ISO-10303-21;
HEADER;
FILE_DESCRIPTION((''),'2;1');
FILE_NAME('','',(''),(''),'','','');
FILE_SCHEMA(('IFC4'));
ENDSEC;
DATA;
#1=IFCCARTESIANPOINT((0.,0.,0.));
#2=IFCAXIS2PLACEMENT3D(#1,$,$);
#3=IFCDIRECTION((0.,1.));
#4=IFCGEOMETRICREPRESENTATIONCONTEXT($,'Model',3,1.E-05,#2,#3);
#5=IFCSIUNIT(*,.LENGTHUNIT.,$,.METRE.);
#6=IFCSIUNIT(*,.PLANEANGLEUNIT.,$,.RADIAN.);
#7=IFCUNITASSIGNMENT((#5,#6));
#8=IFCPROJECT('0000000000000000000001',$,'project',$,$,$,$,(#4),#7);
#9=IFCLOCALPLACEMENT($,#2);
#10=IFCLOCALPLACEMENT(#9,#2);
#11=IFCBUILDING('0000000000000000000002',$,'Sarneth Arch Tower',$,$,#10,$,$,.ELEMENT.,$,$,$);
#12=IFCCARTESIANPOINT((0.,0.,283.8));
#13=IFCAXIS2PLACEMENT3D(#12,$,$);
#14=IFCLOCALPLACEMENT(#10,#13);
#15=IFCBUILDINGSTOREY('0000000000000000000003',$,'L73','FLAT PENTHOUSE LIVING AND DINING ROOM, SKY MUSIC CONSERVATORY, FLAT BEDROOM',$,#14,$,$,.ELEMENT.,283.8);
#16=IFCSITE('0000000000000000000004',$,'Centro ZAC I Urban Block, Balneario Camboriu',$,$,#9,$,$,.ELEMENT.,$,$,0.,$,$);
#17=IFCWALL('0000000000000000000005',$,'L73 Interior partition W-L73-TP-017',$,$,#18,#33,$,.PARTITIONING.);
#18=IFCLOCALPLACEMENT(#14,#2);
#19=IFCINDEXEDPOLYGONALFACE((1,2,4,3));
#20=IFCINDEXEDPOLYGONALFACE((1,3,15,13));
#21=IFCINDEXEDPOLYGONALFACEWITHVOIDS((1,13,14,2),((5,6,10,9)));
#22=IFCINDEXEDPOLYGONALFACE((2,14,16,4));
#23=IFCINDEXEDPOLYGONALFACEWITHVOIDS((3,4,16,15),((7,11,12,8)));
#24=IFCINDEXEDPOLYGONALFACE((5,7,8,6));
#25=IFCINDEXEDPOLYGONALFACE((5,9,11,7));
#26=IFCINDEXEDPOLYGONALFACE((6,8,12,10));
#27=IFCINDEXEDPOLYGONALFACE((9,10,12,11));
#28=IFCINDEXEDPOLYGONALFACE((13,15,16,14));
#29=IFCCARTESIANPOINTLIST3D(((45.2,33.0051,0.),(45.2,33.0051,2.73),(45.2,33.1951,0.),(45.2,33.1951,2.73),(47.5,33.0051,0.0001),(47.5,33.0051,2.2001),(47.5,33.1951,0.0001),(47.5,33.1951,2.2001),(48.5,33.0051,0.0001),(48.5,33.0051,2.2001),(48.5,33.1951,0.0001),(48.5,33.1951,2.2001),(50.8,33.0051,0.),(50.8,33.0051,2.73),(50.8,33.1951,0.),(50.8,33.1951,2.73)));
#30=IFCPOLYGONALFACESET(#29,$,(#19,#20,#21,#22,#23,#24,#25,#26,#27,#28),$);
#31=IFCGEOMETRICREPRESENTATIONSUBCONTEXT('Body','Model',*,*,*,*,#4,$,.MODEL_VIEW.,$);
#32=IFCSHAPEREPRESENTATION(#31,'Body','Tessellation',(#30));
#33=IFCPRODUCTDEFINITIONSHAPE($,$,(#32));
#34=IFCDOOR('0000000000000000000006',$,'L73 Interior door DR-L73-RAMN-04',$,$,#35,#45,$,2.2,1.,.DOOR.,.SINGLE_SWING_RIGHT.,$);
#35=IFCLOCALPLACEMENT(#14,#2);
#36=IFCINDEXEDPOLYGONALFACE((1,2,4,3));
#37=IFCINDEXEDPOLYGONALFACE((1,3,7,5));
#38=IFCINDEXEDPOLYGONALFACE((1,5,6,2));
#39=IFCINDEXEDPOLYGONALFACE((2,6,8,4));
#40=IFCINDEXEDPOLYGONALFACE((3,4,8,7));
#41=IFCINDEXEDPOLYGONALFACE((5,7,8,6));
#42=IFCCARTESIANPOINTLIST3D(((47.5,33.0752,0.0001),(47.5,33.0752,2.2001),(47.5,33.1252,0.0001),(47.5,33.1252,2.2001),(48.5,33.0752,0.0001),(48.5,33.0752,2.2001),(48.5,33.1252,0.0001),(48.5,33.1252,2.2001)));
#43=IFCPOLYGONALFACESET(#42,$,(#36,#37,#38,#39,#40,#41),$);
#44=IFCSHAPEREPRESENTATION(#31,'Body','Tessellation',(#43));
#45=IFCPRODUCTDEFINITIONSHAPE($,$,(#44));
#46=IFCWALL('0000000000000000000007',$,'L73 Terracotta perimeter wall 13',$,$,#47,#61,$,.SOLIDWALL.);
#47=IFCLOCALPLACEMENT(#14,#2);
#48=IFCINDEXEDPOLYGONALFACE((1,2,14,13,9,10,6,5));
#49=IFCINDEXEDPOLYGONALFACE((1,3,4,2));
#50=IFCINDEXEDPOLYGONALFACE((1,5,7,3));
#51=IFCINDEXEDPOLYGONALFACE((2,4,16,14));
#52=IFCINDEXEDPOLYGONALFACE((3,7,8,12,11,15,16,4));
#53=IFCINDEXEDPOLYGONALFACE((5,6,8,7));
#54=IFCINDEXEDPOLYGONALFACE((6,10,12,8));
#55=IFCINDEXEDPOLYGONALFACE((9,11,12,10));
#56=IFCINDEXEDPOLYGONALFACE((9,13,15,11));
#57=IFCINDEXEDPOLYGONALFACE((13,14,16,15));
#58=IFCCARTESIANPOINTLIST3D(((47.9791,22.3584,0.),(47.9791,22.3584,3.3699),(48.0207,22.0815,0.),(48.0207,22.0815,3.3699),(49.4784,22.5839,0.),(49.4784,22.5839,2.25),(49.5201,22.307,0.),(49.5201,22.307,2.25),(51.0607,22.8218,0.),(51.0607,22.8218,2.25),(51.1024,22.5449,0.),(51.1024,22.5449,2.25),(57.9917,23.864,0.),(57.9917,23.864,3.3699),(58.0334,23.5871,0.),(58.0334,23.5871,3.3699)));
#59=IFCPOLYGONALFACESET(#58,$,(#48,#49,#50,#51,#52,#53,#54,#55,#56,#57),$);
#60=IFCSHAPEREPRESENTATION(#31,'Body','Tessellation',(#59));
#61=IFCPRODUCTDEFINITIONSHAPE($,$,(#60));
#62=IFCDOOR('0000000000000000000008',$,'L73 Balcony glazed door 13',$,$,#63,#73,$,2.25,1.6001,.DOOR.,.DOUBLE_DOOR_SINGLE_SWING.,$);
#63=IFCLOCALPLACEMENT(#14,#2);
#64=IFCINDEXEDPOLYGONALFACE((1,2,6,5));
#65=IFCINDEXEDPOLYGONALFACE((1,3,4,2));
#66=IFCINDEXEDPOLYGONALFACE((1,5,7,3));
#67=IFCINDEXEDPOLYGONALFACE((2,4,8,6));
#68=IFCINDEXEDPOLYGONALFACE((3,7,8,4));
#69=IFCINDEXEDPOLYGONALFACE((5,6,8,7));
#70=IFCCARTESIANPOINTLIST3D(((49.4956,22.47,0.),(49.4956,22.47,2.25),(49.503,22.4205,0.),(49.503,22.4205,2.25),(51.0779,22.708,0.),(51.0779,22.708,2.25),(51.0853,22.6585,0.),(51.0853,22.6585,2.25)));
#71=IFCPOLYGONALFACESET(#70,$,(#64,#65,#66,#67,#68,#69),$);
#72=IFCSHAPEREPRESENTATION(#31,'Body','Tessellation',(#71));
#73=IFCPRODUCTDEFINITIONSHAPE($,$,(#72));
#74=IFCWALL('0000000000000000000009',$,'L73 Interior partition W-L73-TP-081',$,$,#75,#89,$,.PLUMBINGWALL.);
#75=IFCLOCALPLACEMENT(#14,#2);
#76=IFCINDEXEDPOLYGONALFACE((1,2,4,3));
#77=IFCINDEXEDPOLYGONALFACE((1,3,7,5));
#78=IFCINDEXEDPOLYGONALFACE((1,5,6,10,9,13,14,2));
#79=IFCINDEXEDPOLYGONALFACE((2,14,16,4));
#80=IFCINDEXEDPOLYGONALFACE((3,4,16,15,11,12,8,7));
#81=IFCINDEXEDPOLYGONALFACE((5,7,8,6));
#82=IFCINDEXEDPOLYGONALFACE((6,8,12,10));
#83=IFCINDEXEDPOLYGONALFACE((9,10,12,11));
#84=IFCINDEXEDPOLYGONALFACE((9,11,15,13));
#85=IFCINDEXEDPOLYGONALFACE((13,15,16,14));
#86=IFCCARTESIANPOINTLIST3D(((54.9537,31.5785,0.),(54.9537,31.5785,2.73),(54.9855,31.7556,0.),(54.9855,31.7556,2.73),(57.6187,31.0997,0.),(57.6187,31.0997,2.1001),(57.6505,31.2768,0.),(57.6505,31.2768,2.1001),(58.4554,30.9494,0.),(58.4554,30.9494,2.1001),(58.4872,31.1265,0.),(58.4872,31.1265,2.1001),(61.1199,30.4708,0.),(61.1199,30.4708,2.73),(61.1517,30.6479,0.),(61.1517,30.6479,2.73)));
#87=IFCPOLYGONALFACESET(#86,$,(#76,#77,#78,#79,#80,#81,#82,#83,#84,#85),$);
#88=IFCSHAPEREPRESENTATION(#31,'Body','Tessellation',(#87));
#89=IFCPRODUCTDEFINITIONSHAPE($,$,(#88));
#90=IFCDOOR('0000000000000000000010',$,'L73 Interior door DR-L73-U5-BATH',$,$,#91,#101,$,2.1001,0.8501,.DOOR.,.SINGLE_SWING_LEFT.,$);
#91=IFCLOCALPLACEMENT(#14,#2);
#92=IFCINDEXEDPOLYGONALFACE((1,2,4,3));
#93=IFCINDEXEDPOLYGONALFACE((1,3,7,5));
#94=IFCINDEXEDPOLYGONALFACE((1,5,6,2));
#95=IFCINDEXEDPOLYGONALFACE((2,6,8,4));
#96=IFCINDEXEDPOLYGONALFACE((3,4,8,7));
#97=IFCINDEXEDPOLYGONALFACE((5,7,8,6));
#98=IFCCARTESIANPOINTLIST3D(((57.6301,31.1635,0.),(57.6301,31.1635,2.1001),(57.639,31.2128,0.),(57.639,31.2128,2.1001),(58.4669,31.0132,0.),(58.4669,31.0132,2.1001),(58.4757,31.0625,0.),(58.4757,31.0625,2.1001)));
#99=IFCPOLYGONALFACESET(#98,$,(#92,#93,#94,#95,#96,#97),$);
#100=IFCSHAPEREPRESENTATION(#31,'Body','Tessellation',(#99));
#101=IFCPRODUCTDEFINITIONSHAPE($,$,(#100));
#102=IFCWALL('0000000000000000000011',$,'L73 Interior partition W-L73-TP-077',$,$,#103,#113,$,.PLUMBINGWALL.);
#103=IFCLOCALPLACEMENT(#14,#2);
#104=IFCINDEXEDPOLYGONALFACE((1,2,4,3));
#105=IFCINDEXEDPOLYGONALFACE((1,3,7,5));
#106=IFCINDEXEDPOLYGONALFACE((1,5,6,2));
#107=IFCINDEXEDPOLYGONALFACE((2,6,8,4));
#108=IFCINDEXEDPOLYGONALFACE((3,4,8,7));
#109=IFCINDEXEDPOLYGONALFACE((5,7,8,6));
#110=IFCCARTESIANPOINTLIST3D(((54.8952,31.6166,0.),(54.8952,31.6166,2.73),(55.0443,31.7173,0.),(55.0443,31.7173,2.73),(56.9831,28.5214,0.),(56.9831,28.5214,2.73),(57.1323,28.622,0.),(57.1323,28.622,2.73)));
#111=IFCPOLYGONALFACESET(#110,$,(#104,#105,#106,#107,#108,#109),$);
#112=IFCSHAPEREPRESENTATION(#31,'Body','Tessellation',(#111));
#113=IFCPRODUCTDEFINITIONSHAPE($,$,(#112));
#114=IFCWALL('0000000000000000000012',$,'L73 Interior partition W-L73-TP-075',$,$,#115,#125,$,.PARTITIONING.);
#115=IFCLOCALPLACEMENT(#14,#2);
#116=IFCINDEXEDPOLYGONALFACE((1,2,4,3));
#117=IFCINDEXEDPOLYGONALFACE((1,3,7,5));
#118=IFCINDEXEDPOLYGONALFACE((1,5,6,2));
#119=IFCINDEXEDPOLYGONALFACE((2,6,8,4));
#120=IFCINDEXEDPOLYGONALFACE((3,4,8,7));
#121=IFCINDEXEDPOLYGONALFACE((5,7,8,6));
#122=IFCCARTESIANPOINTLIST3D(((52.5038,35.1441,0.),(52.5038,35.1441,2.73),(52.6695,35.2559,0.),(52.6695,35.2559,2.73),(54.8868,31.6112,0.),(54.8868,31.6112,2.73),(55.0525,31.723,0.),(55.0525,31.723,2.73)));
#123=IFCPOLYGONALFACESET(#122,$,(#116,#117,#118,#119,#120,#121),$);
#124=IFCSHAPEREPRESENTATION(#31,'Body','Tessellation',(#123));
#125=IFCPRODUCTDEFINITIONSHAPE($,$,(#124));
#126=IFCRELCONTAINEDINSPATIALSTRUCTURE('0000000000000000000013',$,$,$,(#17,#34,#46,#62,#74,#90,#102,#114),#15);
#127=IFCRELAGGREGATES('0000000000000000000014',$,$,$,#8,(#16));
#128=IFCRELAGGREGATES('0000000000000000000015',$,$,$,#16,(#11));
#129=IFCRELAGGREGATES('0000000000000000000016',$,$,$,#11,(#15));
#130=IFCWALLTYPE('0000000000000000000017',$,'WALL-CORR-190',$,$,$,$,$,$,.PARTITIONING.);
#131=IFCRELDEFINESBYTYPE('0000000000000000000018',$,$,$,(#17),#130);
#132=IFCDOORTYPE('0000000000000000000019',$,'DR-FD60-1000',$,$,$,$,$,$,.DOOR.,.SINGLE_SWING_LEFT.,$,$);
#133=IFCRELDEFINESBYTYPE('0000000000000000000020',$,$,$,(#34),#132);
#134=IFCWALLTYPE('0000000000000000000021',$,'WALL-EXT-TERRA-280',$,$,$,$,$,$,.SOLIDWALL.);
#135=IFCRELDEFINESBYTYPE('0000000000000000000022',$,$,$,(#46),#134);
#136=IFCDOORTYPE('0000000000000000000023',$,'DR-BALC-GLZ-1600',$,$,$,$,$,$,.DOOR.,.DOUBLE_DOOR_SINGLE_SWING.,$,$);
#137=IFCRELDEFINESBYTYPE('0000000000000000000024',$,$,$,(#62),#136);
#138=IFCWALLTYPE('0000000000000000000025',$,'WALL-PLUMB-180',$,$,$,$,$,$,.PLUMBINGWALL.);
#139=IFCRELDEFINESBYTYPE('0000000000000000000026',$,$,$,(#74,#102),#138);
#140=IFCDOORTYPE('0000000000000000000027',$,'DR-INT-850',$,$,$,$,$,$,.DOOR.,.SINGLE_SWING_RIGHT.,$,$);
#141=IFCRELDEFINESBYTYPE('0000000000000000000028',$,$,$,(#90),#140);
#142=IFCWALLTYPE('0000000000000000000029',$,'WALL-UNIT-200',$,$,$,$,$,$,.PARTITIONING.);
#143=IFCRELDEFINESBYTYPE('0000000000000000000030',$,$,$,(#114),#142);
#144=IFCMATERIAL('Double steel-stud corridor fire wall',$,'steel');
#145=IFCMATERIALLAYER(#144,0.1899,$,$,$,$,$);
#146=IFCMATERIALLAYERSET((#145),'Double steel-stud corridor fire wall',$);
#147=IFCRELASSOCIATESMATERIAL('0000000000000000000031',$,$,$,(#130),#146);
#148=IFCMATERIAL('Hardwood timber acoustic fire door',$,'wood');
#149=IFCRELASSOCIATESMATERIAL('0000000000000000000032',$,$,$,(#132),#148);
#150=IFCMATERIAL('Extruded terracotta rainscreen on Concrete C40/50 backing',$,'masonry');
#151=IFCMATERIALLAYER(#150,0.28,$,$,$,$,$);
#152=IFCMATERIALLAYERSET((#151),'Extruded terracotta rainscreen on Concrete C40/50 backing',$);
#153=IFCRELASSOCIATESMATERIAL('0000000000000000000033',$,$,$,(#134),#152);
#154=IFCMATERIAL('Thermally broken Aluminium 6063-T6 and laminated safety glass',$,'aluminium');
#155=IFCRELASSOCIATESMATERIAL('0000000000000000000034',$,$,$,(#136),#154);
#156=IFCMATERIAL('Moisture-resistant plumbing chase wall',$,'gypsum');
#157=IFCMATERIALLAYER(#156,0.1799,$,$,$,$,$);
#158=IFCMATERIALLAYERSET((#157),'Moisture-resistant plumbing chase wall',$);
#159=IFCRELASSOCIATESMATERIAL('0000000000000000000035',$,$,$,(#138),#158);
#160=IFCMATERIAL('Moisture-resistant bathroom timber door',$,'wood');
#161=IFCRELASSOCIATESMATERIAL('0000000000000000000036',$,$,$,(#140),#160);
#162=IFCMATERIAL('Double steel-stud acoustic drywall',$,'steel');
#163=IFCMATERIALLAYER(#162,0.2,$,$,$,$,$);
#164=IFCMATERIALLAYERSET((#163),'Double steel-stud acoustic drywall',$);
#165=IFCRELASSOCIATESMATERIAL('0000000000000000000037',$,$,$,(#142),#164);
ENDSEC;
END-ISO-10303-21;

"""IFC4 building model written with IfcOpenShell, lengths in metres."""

from ifc_helpers import new_model, si_unit, direction, frame, frame_2d, origin, place, context, subcontext, project, spatial, rectangle, extrude, material, layer, layer_set, type_object, element, fill, save


model = new_model("IFC4")

# Units and contexts
model_context = context("Model", 3, precision=1e-05, world=origin(), true_north=direction((0.0, 1.0)))
body_context = subcontext(model_context, "Body", "Model", "MODEL_VIEW")
ifc_project = project(units=[si_unit("LENGTHUNIT", "METRE"), si_unit("PLANEANGLEUNIT", "RADIAN")], contexts=[model_context])

# Site, building, storey
site_placement = place(None, origin())
site = spatial("IfcSite", under=ifc_project, at=site_placement, Name="Centro ZAC I Urban Block, Balneario Camboriu", CompositionType="ELEMENT", RefElevation=0.0)
building_placement = place(site_placement, origin())
building = spatial("IfcBuilding", under=site, at=building_placement, Name="Sarneth Arch Tower", CompositionType="ELEMENT")
storey_placement = place(building_placement, frame((0.0, 0.0, 283.8)))
storey = spatial("IfcBuildingStorey", under=building, at=storey_placement, Name="L73", Description="FLAT PENTHOUSE LIVING AND DINING ROOM, SKY MUSIC CONSERVATORY, FLAT BEDROOM", CompositionType="ELEMENT", Elevation=283.8)

# Walls, openings, doors
ifc_material_1 = material(Name="Double steel-stud corridor fire wall", Category="steel")
ifc_layer_1 = layer(ifc_material_1, 0.1899)
ifc_layer_set_1 = layer_set([ifc_layer_1], Name="Double steel-stud corridor fire wall")
wall_type_1 = type_object("IfcWallType", Name="WALL-CORR-190", PredefinedType="PARTITIONING", material=ifc_layer_set_1)
wall_1_placement = place(storey_placement, frame((50.8, 33.1001, 0.0), z_axis=(0.0, 0.0, 1.0), x_axis=(-1.0, 0.0, 0.0)))
wall_1 = element("IfcWall", 1, at=wall_1_placement, inside=storey, type_object=wall_type_1, Name="L73 Interior partition W-L73-TP-017", PredefinedType="PARTITIONING", context=body_context, shape_type="SweptSolid", body=[
    extrude(rectangle(XDim=5.6001, YDim=0.1899, at=frame_2d((2.8, 0.0))), origin(), (0.0, 0.0, 1.0), 2.73),
])
opening_1_placement = place(wall_1_placement, frame((2.3, 0.0, 0.0)))
opening_1 = element("IfcOpeningElement", 2, at=opening_1_placement, cuts=wall_1, PredefinedType="OPENING", context=body_context, shape_type="SweptSolid", body=[
    extrude(rectangle(XDim=1.0, YDim=2.2, at=frame_2d((0.5, 1.1001))), frame((0.0, 0.105, 0.0), z_axis=(0.0, -1.0, 0.0), x_axis=(1.0, 0.0, 0.0)), (0.0, 0.0, 1.0), 0.21),
])
ifc_material_2 = material(Name="Hardwood timber acoustic fire door", Category="wood")
door_type_1 = type_object("IfcDoorType", Name="DR-FD60-1000", OperationType="SINGLE_SWING_LEFT", PredefinedType="DOOR", material=ifc_material_2)
door_1_placement = place(opening_1_placement, origin())
door_1 = element("IfcDoor", 3, at=door_1_placement, inside=storey, type_object=door_type_1, Name="L73 Interior door DR-L73-RAMN-04", OperationType="SINGLE_SWING_RIGHT", OverallHeight=2.2, OverallWidth=1.0, PredefinedType="DOOR", context=body_context, shape_type="SweptSolid", body=[
    extrude(rectangle(XDim=1.0, YDim=2.2, at=frame_2d((0.5, 1.1001))), frame((0.0, 0.0249, 0.0), z_axis=(0.0, -1.0, 0.0), x_axis=(1.0, 0.0, 0.0)), (0.0, 0.0, 1.0), 0.05),
])
fill(opening_1, door_1)
ifc_material_3 = material(Name="Extruded terracotta rainscreen on Concrete C40/50 backing", Category="masonry")
ifc_layer_2 = layer(ifc_material_3, 0.28)
ifc_layer_set_2 = layer_set([ifc_layer_2], Name="Extruded terracotta rainscreen on Concrete C40/50 backing")
wall_type_2 = type_object("IfcWallType", Name="WALL-EXT-TERRA-280", PredefinedType="SOLIDWALL", material=ifc_layer_set_2)
wall_2_placement = place(storey_placement, frame((48.0, 22.22, 0.0), z_axis=(0.0, 0.0, 1.0), x_axis=(0.988883, 0.148699, 0.0)))
wall_2 = element("IfcWall", 4, at=wall_2_placement, inside=storey, type_object=wall_type_2, Name="L73 Terracotta perimeter wall 13", PredefinedType="SOLIDWALL", context=body_context, shape_type="SweptSolid", body=[
    extrude(rectangle(XDim=10.1252, YDim=0.28, at=frame_2d((5.0625, 0.0))), origin(), (0.0, 0.0, 1.0), 3.3699),
])
opening_2_placement = place(wall_2_placement, frame((1.5161, 0.0, 0.0)))
opening_2 = element("IfcOpeningElement", 5, at=opening_2_placement, cuts=wall_2, PredefinedType="OPENING", context=body_context, shape_type="SweptSolid", body=[
    extrude(rectangle(XDim=1.6001, YDim=2.25, at=frame_2d((0.8, 1.125))), frame((0.0, 0.1499, 0.0), z_axis=(0.0, -1.0, 0.0), x_axis=(1.0, 0.0, 0.0)), (0.0, 0.0, 1.0), 0.3),
])
ifc_material_4 = material(Name="Thermally broken Aluminium 6063-T6 and laminated safety glass", Category="aluminium")
door_type_2 = type_object("IfcDoorType", Name="DR-BALC-GLZ-1600", OperationType="DOUBLE_DOOR_SINGLE_SWING", PredefinedType="DOOR", material=ifc_material_4)
door_2_placement = place(opening_2_placement, origin())
door_2 = element("IfcDoor", 6, at=door_2_placement, inside=storey, type_object=door_type_2, Name="L73 Balcony glazed door 13", OperationType="DOUBLE_DOOR_SINGLE_SWING", OverallHeight=2.25, OverallWidth=1.6001, PredefinedType="DOOR", context=body_context, shape_type="SweptSolid", body=[
    extrude(rectangle(XDim=1.6001, YDim=2.25, at=frame_2d((0.8, 1.125))), frame((0.0, 0.0249, 0.0), z_axis=(0.0, -1.0, 0.0), x_axis=(1.0, 0.0, 0.0)), (0.0, 0.0, 1.0), 0.05),
])
fill(opening_2, door_2)
ifc_material_5 = material(Name="Moisture-resistant plumbing chase wall", Category="gypsum")
ifc_layer_3 = layer(ifc_material_5, 0.1799)
ifc_layer_set_3 = layer_set([ifc_layer_3], Name="Moisture-resistant plumbing chase wall")
wall_type_3 = type_object("IfcWallType", Name="WALL-PLUMB-180", PredefinedType="PLUMBINGWALL", material=ifc_layer_set_3)
wall_3_placement = place(storey_placement, frame((54.9697, 31.667, 0.0), z_axis=(0.0, 0.0, 1.0), x_axis=(0.984246, -0.176803, 0.0)))
wall_3 = element("IfcWall", 7, at=wall_3_placement, inside=storey, type_object=wall_type_3, Name="L73 Interior partition W-L73-TP-081", PredefinedType="PLUMBINGWALL", context=body_context, shape_type="SweptSolid", body=[
    extrude(rectangle(XDim=6.2649, YDim=0.1799, at=frame_2d((3.1323, 0.0))), origin(), (0.0, 0.0, 1.0), 2.73),
])
opening_3_placement = place(wall_3_placement, frame((2.7075, 0.0, 0.0)))
opening_3 = element("IfcOpeningElement", 8, at=opening_3_placement, cuts=wall_3, PredefinedType="OPENING", context=body_context, shape_type="SweptSolid", body=[
    extrude(rectangle(XDim=0.8501, YDim=2.1001, at=frame_2d((0.425, 1.05))), frame((0.0, 0.0999, 0.0), z_axis=(0.0, -1.0, 0.0), x_axis=(1.0, 0.0, 0.0)), (0.0, 0.0, 1.0), 0.2),
])
ifc_material_6 = material(Name="Moisture-resistant bathroom timber door", Category="wood")
door_type_3 = type_object("IfcDoorType", Name="DR-INT-850", OperationType="SINGLE_SWING_RIGHT", PredefinedType="DOOR", material=ifc_material_6)
door_3_placement = place(opening_3_placement, origin())
door_3 = element("IfcDoor", 9, at=door_3_placement, inside=storey, type_object=door_type_3, Name="L73 Interior door DR-L73-U5-BATH", OperationType="SINGLE_SWING_LEFT", OverallHeight=2.1001, OverallWidth=0.8501, PredefinedType="DOOR", context=body_context, shape_type="SweptSolid", body=[
    extrude(rectangle(XDim=0.8501, YDim=2.1001, at=frame_2d((0.425, 1.05))), frame((0.0, 0.0249, 0.0), z_axis=(0.0, -1.0, 0.0), x_axis=(1.0, 0.0, 0.0)), (0.0, 0.0, 1.0), 0.05),
])
fill(opening_3, door_3)

# Walls
wall_4_placement = place(storey_placement, frame((57.0576, 28.5718, 0.0), z_axis=(0.0, 0.0, 1.0), x_axis=(-0.559219, 0.82902, 0.0)))
element("IfcWall", 10, at=wall_4_placement, inside=storey, type_object=wall_type_3, Name="L73 Interior partition W-L73-TP-077", PredefinedType="PLUMBINGWALL", context=body_context, shape_type="SweptSolid", body=[
    extrude(rectangle(XDim=3.7336, YDim=0.1799, at=frame_2d((1.8667, 0.0))), origin(), (0.0, 0.0, 1.0), 2.73),
])
ifc_material_7 = material(Name="Double steel-stud acoustic drywall", Category="steel")
ifc_layer_4 = layer(ifc_material_7, 0.2)
ifc_layer_set_4 = layer_set([ifc_layer_4], Name="Double steel-stud acoustic drywall")
wall_type_4 = type_object("IfcWallType", Name="WALL-UNIT-200", PredefinedType="PARTITIONING", material=ifc_layer_set_4)
wall_5_placement = place(storey_placement, frame((54.9697, 31.667, 0.0), z_axis=(0.0, 0.0, 1.0), x_axis=(-0.5592, 0.829033, 0.0)))
element("IfcWall", 11, at=wall_5_placement, inside=storey, type_object=wall_type_4, Name="L73 Interior partition W-L73-TP-075", PredefinedType="PARTITIONING", context=body_context, shape_type="SweptSolid", body=[
    extrude(rectangle(XDim=4.2615, YDim=0.2, at=frame_2d((2.1309, 0.0))), origin(), (0.0, 0.0, 1.0), 2.73),
])

save(model, "model.ifc")
